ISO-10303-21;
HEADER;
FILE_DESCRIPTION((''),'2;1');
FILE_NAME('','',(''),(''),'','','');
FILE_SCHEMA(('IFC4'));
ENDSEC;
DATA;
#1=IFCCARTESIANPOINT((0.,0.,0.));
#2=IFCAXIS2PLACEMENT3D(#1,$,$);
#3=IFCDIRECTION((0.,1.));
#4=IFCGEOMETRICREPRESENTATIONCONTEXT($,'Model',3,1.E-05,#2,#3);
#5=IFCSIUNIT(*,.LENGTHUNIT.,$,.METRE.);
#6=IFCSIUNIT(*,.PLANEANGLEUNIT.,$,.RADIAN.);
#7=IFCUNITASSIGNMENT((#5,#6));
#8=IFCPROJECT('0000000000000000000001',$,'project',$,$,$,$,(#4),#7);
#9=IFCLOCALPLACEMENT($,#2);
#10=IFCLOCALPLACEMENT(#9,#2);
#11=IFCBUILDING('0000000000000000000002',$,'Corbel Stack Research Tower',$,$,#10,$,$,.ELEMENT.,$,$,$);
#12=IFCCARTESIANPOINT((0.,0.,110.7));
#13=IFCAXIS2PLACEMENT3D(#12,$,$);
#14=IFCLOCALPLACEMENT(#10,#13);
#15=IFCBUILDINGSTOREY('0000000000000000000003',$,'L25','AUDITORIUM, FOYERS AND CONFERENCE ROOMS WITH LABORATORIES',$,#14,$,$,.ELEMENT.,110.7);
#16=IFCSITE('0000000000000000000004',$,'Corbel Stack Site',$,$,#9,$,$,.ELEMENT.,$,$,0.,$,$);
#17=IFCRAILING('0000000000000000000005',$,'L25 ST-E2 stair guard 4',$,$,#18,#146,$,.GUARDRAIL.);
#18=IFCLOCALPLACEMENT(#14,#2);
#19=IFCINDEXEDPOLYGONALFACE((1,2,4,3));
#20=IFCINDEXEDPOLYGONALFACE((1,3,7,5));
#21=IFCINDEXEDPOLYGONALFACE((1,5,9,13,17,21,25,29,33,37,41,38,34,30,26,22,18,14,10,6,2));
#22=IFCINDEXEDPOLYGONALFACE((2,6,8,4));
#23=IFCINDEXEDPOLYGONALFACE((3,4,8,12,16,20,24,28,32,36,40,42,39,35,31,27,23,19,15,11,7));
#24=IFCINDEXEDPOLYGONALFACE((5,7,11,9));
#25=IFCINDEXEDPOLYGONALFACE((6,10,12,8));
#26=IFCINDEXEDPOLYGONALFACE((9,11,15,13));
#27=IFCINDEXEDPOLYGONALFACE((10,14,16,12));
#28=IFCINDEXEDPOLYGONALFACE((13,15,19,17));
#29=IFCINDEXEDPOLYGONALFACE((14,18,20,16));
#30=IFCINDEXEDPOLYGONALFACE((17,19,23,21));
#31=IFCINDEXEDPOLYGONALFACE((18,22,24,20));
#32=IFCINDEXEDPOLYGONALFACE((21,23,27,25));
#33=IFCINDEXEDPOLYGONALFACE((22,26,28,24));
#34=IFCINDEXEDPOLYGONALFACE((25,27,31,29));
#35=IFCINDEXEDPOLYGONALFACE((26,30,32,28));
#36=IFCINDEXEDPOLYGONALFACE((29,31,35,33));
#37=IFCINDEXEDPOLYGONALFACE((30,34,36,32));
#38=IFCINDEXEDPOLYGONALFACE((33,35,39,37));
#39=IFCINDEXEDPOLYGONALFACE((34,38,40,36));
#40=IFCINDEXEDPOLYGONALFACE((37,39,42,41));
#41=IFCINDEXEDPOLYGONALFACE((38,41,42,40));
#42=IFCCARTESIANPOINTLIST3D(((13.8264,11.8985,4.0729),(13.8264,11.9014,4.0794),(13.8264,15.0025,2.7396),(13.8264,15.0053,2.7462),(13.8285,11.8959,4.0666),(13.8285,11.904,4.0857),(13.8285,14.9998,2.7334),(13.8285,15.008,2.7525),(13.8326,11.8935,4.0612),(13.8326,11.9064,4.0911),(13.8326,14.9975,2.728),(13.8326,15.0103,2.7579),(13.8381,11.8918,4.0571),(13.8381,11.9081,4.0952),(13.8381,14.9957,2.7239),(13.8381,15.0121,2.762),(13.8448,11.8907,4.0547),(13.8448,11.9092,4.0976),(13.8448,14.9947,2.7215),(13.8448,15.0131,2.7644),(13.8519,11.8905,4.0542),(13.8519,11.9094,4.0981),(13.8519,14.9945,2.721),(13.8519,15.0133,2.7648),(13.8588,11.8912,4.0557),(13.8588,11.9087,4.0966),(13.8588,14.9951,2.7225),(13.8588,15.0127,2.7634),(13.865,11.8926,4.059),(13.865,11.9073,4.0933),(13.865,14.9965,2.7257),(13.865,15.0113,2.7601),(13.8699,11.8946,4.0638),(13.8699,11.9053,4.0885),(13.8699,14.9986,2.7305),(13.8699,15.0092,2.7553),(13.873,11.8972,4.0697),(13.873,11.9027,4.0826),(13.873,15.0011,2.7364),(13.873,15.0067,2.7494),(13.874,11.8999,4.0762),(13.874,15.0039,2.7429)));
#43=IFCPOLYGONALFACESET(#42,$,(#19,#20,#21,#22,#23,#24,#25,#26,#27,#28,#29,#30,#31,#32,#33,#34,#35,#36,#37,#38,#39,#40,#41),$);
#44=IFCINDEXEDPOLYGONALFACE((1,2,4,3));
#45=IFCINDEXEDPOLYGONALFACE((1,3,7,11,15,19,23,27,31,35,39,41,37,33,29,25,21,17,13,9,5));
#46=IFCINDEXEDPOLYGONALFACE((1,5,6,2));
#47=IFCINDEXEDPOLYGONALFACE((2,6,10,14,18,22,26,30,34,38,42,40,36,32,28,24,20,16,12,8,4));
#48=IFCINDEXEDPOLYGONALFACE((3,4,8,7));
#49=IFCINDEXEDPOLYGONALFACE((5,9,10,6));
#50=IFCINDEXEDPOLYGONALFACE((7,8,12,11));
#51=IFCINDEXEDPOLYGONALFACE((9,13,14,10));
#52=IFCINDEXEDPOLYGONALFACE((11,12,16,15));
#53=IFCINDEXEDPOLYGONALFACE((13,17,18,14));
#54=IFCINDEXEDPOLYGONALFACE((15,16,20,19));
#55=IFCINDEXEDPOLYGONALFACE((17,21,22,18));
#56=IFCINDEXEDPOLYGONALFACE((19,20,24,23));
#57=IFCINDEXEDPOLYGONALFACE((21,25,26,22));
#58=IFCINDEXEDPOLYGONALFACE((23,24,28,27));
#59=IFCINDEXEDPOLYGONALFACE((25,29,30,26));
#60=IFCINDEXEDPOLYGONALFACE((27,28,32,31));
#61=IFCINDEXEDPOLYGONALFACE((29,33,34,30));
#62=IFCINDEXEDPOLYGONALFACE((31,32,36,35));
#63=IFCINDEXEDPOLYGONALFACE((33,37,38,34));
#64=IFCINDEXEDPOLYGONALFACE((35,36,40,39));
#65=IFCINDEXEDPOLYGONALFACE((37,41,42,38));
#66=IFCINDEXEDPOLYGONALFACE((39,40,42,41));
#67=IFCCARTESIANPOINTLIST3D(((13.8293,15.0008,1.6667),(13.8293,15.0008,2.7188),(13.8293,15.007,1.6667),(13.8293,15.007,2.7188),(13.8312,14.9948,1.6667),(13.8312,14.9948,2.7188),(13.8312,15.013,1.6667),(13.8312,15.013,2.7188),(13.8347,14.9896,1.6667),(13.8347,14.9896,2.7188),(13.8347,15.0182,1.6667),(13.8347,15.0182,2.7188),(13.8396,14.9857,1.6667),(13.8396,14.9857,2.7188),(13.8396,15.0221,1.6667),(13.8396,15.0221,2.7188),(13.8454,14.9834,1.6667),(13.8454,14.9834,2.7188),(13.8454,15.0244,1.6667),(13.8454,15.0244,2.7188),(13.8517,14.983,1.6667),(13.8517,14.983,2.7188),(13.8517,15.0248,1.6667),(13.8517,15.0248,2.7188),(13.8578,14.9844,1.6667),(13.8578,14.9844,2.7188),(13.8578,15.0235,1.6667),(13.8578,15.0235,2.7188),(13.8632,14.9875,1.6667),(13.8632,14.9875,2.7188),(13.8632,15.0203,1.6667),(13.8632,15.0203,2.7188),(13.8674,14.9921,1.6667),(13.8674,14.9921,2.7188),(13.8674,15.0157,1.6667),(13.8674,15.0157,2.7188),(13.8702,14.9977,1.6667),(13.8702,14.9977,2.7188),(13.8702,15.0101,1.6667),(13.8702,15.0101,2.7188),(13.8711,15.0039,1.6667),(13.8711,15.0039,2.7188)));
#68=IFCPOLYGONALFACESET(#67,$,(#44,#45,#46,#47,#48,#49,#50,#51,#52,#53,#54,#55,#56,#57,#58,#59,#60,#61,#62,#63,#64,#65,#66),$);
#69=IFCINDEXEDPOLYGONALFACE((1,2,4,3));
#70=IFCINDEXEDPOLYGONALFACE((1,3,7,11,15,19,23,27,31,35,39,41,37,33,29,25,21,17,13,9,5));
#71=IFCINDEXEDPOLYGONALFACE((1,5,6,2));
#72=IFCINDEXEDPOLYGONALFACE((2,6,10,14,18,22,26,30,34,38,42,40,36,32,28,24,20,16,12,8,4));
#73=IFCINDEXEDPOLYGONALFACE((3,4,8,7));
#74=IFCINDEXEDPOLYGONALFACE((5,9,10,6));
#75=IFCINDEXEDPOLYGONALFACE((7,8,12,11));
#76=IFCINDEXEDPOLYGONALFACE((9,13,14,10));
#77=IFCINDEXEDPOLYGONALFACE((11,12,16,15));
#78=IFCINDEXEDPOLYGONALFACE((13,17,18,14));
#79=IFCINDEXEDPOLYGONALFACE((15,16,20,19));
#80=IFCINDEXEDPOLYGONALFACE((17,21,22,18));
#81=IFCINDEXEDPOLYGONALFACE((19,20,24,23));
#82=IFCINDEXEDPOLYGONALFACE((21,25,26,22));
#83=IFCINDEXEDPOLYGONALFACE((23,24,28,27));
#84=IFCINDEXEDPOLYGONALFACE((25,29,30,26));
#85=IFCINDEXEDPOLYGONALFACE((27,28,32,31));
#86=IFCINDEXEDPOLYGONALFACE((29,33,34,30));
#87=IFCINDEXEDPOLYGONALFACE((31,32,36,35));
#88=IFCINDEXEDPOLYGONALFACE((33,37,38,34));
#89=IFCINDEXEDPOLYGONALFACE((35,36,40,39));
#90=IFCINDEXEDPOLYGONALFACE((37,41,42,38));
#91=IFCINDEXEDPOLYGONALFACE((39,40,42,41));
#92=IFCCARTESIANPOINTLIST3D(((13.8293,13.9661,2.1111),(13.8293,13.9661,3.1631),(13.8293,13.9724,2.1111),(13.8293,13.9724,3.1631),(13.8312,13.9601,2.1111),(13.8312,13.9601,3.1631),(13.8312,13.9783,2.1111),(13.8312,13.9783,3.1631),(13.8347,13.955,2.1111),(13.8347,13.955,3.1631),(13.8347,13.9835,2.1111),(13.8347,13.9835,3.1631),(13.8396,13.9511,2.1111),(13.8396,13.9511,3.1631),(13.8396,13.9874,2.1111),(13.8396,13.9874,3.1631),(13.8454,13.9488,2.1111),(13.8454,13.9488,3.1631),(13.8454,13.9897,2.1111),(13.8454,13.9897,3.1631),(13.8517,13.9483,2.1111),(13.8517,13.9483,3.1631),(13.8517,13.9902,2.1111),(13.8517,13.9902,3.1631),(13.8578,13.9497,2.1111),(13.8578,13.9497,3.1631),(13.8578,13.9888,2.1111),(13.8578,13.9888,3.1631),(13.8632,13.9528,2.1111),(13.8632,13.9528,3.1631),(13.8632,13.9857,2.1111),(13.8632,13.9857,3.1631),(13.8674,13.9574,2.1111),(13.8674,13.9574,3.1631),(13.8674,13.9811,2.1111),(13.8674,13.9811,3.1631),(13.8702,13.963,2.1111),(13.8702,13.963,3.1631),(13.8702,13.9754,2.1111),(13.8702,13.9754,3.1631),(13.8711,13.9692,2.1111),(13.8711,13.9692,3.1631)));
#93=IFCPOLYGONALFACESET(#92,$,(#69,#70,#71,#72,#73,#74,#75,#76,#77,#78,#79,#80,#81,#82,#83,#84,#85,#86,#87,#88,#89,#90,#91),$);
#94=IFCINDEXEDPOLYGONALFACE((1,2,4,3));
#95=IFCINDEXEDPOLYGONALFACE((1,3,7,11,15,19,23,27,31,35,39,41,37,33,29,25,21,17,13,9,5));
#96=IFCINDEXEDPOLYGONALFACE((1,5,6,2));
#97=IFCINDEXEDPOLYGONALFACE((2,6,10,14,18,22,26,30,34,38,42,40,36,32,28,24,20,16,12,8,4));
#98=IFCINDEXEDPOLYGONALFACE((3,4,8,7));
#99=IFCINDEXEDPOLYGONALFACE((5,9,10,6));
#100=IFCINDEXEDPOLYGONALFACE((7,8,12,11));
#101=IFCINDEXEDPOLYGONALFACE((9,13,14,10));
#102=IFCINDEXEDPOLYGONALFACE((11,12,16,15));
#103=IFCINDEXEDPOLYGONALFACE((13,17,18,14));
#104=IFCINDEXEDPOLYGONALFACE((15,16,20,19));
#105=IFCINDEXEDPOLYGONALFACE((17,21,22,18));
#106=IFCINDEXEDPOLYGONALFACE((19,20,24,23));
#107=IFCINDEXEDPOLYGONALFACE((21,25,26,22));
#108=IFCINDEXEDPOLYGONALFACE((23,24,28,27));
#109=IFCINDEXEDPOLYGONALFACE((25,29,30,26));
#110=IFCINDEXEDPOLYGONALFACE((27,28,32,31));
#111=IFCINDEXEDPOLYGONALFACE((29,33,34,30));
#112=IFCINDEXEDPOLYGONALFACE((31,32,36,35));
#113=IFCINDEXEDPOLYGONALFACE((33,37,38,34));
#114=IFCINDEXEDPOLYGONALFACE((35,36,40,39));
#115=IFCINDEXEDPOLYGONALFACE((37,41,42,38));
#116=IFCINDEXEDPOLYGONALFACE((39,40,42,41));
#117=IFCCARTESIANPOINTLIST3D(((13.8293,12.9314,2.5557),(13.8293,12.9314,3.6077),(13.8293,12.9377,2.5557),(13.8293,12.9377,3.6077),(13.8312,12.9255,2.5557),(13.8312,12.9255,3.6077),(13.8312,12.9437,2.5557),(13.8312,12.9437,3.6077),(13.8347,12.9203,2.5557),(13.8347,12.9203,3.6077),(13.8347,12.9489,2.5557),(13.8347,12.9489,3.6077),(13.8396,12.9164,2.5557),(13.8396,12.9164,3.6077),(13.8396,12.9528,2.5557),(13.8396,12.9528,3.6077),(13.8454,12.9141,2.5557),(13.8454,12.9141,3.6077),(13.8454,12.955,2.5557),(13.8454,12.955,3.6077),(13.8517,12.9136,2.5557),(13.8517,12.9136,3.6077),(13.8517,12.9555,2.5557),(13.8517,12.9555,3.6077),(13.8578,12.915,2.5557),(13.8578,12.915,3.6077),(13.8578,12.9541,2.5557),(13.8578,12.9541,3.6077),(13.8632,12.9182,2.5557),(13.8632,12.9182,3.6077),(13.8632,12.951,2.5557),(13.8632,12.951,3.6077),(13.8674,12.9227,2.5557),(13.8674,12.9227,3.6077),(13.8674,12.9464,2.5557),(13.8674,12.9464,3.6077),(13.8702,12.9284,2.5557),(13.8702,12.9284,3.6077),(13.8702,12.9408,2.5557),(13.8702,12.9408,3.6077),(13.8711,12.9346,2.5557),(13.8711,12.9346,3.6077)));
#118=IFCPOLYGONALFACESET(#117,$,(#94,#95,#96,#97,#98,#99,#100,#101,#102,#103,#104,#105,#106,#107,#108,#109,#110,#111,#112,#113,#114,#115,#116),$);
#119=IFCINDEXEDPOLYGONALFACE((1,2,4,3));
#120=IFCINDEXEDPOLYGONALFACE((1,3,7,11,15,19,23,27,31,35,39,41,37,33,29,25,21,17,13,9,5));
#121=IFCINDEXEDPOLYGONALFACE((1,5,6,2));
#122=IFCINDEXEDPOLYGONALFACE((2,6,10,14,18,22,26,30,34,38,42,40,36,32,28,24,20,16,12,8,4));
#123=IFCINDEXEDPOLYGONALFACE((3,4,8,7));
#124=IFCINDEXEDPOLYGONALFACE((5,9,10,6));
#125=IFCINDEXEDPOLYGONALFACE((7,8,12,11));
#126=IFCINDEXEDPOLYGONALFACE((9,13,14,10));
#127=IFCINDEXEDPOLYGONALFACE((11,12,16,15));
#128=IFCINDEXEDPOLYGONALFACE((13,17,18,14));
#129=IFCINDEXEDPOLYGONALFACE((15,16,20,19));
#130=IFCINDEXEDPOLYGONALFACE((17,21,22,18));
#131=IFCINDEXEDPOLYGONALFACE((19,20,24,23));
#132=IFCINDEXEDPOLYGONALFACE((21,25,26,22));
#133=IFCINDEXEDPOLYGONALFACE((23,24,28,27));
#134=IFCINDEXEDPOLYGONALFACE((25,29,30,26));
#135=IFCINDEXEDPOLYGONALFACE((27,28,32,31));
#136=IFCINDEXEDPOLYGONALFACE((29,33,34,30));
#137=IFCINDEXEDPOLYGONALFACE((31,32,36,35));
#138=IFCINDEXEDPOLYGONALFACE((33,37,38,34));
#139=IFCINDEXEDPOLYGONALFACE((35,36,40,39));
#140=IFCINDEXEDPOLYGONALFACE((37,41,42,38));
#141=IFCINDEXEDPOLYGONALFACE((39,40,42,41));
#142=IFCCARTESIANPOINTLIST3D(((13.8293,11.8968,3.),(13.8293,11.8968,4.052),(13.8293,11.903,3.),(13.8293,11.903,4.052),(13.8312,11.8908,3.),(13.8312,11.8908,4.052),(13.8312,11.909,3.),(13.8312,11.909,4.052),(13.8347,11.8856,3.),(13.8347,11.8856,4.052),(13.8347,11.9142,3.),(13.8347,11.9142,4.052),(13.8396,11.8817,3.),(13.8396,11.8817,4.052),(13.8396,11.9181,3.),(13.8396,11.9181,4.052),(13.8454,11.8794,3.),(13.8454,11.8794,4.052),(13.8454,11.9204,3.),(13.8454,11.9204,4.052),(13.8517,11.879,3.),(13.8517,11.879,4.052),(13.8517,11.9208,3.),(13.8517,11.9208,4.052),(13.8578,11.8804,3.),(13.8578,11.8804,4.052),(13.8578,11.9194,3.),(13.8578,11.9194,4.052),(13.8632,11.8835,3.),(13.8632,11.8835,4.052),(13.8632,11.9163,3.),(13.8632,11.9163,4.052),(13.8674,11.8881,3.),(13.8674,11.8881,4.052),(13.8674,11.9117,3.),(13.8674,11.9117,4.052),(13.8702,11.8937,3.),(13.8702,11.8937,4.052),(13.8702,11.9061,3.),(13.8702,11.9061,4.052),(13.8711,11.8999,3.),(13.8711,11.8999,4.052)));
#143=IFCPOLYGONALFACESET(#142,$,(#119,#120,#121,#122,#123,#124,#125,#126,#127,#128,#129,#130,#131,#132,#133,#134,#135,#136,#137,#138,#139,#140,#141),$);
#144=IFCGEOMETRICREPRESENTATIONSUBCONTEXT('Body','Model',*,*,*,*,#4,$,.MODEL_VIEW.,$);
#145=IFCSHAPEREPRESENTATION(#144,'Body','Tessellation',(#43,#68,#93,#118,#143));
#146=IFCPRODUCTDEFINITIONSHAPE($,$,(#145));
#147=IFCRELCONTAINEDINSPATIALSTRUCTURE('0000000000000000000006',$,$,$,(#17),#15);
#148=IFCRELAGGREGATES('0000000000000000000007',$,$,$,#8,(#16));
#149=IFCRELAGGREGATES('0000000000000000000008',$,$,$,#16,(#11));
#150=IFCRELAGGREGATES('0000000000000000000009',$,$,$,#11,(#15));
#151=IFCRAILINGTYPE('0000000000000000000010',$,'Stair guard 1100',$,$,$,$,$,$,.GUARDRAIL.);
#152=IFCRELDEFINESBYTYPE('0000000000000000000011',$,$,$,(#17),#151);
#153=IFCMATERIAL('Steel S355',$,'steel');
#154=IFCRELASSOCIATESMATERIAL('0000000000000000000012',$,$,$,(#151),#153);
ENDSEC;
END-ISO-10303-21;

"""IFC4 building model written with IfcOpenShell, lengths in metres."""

from ifc_helpers import new_model, si_unit, direction, frame, origin, origin_2d, place, context, subcontext, project, spatial, circle, extrude, material, type_object, element, save


model = new_model("IFC4")

# Units and contexts
model_context = context("Model", 3, precision=1e-05, world=origin(), true_north=direction((0.0, 1.0)))
body_context = subcontext(model_context, "Body", "Model", "MODEL_VIEW")
ifc_project = project(units=[si_unit("LENGTHUNIT", "METRE"), si_unit("PLANEANGLEUNIT", "RADIAN")], contexts=[model_context])

# Site, building, storey
site_placement = place(None, origin())
site = spatial("IfcSite", under=ifc_project, at=site_placement, Name="Corbel Stack Site", CompositionType="ELEMENT", RefElevation=0.0)
building_placement = place(site_placement, origin())
building = spatial("IfcBuilding", under=site, at=building_placement, Name="Corbel Stack Research Tower", CompositionType="ELEMENT")
storey_placement = place(building_placement, frame((0.0, 0.0, 110.7)))
storey = spatial("IfcBuildingStorey", under=building, at=storey_placement, Name="L25", Description="AUDITORIUM, FOYERS AND CONFERENCE ROOMS WITH LABORATORIES", CompositionType="ELEMENT", Elevation=110.7)

# Railing
ifc_material_1 = material(Name="Steel S355", Category="steel")
railing_type_1 = type_object("IfcRailingType", Name="Stair guard 1100", PredefinedType="GUARDRAIL", material=ifc_material_1)
railing_1_placement = place(storey_placement, frame((13.8501, 15.0039, 1.6667)))
element("IfcRailing", 1, at=railing_1_placement, inside=storey, type_object=railing_type_1, Name="L25 ST-E2 stair guard 4", PredefinedType="GUARDRAIL", context=body_context, shape_type="SweptSolid", body=[
    extrude(circle(Radius=0.0239, at=origin_2d()), frame((0.0, 0.0, 1.0762), z_axis=(0.0, -0.918827, 0.394661), x_axis=(1.0, 0.0, 0.0)), (0.0, 0.0, 1.0), 3.3782),
    extrude(circle(Radius=0.021, at=origin_2d()), origin(), (0.0, 0.0, 1.0), 1.052),
    extrude(circle(Radius=0.021, at=origin_2d()), frame((0.0, -1.0347, 0.4443)), (0.0, 0.0, 1.0), 1.052),
    extrude(circle(Radius=0.021, at=origin_2d()), frame((0.0, -2.0693, 0.8889)), (0.0, 0.0, 1.0), 1.052),
    extrude(circle(Radius=0.021, at=origin_2d()), frame((0.0, -3.104, 1.3333)), (0.0, 0.0, 1.0), 1.052),
])

save(model, "model.ifc")
